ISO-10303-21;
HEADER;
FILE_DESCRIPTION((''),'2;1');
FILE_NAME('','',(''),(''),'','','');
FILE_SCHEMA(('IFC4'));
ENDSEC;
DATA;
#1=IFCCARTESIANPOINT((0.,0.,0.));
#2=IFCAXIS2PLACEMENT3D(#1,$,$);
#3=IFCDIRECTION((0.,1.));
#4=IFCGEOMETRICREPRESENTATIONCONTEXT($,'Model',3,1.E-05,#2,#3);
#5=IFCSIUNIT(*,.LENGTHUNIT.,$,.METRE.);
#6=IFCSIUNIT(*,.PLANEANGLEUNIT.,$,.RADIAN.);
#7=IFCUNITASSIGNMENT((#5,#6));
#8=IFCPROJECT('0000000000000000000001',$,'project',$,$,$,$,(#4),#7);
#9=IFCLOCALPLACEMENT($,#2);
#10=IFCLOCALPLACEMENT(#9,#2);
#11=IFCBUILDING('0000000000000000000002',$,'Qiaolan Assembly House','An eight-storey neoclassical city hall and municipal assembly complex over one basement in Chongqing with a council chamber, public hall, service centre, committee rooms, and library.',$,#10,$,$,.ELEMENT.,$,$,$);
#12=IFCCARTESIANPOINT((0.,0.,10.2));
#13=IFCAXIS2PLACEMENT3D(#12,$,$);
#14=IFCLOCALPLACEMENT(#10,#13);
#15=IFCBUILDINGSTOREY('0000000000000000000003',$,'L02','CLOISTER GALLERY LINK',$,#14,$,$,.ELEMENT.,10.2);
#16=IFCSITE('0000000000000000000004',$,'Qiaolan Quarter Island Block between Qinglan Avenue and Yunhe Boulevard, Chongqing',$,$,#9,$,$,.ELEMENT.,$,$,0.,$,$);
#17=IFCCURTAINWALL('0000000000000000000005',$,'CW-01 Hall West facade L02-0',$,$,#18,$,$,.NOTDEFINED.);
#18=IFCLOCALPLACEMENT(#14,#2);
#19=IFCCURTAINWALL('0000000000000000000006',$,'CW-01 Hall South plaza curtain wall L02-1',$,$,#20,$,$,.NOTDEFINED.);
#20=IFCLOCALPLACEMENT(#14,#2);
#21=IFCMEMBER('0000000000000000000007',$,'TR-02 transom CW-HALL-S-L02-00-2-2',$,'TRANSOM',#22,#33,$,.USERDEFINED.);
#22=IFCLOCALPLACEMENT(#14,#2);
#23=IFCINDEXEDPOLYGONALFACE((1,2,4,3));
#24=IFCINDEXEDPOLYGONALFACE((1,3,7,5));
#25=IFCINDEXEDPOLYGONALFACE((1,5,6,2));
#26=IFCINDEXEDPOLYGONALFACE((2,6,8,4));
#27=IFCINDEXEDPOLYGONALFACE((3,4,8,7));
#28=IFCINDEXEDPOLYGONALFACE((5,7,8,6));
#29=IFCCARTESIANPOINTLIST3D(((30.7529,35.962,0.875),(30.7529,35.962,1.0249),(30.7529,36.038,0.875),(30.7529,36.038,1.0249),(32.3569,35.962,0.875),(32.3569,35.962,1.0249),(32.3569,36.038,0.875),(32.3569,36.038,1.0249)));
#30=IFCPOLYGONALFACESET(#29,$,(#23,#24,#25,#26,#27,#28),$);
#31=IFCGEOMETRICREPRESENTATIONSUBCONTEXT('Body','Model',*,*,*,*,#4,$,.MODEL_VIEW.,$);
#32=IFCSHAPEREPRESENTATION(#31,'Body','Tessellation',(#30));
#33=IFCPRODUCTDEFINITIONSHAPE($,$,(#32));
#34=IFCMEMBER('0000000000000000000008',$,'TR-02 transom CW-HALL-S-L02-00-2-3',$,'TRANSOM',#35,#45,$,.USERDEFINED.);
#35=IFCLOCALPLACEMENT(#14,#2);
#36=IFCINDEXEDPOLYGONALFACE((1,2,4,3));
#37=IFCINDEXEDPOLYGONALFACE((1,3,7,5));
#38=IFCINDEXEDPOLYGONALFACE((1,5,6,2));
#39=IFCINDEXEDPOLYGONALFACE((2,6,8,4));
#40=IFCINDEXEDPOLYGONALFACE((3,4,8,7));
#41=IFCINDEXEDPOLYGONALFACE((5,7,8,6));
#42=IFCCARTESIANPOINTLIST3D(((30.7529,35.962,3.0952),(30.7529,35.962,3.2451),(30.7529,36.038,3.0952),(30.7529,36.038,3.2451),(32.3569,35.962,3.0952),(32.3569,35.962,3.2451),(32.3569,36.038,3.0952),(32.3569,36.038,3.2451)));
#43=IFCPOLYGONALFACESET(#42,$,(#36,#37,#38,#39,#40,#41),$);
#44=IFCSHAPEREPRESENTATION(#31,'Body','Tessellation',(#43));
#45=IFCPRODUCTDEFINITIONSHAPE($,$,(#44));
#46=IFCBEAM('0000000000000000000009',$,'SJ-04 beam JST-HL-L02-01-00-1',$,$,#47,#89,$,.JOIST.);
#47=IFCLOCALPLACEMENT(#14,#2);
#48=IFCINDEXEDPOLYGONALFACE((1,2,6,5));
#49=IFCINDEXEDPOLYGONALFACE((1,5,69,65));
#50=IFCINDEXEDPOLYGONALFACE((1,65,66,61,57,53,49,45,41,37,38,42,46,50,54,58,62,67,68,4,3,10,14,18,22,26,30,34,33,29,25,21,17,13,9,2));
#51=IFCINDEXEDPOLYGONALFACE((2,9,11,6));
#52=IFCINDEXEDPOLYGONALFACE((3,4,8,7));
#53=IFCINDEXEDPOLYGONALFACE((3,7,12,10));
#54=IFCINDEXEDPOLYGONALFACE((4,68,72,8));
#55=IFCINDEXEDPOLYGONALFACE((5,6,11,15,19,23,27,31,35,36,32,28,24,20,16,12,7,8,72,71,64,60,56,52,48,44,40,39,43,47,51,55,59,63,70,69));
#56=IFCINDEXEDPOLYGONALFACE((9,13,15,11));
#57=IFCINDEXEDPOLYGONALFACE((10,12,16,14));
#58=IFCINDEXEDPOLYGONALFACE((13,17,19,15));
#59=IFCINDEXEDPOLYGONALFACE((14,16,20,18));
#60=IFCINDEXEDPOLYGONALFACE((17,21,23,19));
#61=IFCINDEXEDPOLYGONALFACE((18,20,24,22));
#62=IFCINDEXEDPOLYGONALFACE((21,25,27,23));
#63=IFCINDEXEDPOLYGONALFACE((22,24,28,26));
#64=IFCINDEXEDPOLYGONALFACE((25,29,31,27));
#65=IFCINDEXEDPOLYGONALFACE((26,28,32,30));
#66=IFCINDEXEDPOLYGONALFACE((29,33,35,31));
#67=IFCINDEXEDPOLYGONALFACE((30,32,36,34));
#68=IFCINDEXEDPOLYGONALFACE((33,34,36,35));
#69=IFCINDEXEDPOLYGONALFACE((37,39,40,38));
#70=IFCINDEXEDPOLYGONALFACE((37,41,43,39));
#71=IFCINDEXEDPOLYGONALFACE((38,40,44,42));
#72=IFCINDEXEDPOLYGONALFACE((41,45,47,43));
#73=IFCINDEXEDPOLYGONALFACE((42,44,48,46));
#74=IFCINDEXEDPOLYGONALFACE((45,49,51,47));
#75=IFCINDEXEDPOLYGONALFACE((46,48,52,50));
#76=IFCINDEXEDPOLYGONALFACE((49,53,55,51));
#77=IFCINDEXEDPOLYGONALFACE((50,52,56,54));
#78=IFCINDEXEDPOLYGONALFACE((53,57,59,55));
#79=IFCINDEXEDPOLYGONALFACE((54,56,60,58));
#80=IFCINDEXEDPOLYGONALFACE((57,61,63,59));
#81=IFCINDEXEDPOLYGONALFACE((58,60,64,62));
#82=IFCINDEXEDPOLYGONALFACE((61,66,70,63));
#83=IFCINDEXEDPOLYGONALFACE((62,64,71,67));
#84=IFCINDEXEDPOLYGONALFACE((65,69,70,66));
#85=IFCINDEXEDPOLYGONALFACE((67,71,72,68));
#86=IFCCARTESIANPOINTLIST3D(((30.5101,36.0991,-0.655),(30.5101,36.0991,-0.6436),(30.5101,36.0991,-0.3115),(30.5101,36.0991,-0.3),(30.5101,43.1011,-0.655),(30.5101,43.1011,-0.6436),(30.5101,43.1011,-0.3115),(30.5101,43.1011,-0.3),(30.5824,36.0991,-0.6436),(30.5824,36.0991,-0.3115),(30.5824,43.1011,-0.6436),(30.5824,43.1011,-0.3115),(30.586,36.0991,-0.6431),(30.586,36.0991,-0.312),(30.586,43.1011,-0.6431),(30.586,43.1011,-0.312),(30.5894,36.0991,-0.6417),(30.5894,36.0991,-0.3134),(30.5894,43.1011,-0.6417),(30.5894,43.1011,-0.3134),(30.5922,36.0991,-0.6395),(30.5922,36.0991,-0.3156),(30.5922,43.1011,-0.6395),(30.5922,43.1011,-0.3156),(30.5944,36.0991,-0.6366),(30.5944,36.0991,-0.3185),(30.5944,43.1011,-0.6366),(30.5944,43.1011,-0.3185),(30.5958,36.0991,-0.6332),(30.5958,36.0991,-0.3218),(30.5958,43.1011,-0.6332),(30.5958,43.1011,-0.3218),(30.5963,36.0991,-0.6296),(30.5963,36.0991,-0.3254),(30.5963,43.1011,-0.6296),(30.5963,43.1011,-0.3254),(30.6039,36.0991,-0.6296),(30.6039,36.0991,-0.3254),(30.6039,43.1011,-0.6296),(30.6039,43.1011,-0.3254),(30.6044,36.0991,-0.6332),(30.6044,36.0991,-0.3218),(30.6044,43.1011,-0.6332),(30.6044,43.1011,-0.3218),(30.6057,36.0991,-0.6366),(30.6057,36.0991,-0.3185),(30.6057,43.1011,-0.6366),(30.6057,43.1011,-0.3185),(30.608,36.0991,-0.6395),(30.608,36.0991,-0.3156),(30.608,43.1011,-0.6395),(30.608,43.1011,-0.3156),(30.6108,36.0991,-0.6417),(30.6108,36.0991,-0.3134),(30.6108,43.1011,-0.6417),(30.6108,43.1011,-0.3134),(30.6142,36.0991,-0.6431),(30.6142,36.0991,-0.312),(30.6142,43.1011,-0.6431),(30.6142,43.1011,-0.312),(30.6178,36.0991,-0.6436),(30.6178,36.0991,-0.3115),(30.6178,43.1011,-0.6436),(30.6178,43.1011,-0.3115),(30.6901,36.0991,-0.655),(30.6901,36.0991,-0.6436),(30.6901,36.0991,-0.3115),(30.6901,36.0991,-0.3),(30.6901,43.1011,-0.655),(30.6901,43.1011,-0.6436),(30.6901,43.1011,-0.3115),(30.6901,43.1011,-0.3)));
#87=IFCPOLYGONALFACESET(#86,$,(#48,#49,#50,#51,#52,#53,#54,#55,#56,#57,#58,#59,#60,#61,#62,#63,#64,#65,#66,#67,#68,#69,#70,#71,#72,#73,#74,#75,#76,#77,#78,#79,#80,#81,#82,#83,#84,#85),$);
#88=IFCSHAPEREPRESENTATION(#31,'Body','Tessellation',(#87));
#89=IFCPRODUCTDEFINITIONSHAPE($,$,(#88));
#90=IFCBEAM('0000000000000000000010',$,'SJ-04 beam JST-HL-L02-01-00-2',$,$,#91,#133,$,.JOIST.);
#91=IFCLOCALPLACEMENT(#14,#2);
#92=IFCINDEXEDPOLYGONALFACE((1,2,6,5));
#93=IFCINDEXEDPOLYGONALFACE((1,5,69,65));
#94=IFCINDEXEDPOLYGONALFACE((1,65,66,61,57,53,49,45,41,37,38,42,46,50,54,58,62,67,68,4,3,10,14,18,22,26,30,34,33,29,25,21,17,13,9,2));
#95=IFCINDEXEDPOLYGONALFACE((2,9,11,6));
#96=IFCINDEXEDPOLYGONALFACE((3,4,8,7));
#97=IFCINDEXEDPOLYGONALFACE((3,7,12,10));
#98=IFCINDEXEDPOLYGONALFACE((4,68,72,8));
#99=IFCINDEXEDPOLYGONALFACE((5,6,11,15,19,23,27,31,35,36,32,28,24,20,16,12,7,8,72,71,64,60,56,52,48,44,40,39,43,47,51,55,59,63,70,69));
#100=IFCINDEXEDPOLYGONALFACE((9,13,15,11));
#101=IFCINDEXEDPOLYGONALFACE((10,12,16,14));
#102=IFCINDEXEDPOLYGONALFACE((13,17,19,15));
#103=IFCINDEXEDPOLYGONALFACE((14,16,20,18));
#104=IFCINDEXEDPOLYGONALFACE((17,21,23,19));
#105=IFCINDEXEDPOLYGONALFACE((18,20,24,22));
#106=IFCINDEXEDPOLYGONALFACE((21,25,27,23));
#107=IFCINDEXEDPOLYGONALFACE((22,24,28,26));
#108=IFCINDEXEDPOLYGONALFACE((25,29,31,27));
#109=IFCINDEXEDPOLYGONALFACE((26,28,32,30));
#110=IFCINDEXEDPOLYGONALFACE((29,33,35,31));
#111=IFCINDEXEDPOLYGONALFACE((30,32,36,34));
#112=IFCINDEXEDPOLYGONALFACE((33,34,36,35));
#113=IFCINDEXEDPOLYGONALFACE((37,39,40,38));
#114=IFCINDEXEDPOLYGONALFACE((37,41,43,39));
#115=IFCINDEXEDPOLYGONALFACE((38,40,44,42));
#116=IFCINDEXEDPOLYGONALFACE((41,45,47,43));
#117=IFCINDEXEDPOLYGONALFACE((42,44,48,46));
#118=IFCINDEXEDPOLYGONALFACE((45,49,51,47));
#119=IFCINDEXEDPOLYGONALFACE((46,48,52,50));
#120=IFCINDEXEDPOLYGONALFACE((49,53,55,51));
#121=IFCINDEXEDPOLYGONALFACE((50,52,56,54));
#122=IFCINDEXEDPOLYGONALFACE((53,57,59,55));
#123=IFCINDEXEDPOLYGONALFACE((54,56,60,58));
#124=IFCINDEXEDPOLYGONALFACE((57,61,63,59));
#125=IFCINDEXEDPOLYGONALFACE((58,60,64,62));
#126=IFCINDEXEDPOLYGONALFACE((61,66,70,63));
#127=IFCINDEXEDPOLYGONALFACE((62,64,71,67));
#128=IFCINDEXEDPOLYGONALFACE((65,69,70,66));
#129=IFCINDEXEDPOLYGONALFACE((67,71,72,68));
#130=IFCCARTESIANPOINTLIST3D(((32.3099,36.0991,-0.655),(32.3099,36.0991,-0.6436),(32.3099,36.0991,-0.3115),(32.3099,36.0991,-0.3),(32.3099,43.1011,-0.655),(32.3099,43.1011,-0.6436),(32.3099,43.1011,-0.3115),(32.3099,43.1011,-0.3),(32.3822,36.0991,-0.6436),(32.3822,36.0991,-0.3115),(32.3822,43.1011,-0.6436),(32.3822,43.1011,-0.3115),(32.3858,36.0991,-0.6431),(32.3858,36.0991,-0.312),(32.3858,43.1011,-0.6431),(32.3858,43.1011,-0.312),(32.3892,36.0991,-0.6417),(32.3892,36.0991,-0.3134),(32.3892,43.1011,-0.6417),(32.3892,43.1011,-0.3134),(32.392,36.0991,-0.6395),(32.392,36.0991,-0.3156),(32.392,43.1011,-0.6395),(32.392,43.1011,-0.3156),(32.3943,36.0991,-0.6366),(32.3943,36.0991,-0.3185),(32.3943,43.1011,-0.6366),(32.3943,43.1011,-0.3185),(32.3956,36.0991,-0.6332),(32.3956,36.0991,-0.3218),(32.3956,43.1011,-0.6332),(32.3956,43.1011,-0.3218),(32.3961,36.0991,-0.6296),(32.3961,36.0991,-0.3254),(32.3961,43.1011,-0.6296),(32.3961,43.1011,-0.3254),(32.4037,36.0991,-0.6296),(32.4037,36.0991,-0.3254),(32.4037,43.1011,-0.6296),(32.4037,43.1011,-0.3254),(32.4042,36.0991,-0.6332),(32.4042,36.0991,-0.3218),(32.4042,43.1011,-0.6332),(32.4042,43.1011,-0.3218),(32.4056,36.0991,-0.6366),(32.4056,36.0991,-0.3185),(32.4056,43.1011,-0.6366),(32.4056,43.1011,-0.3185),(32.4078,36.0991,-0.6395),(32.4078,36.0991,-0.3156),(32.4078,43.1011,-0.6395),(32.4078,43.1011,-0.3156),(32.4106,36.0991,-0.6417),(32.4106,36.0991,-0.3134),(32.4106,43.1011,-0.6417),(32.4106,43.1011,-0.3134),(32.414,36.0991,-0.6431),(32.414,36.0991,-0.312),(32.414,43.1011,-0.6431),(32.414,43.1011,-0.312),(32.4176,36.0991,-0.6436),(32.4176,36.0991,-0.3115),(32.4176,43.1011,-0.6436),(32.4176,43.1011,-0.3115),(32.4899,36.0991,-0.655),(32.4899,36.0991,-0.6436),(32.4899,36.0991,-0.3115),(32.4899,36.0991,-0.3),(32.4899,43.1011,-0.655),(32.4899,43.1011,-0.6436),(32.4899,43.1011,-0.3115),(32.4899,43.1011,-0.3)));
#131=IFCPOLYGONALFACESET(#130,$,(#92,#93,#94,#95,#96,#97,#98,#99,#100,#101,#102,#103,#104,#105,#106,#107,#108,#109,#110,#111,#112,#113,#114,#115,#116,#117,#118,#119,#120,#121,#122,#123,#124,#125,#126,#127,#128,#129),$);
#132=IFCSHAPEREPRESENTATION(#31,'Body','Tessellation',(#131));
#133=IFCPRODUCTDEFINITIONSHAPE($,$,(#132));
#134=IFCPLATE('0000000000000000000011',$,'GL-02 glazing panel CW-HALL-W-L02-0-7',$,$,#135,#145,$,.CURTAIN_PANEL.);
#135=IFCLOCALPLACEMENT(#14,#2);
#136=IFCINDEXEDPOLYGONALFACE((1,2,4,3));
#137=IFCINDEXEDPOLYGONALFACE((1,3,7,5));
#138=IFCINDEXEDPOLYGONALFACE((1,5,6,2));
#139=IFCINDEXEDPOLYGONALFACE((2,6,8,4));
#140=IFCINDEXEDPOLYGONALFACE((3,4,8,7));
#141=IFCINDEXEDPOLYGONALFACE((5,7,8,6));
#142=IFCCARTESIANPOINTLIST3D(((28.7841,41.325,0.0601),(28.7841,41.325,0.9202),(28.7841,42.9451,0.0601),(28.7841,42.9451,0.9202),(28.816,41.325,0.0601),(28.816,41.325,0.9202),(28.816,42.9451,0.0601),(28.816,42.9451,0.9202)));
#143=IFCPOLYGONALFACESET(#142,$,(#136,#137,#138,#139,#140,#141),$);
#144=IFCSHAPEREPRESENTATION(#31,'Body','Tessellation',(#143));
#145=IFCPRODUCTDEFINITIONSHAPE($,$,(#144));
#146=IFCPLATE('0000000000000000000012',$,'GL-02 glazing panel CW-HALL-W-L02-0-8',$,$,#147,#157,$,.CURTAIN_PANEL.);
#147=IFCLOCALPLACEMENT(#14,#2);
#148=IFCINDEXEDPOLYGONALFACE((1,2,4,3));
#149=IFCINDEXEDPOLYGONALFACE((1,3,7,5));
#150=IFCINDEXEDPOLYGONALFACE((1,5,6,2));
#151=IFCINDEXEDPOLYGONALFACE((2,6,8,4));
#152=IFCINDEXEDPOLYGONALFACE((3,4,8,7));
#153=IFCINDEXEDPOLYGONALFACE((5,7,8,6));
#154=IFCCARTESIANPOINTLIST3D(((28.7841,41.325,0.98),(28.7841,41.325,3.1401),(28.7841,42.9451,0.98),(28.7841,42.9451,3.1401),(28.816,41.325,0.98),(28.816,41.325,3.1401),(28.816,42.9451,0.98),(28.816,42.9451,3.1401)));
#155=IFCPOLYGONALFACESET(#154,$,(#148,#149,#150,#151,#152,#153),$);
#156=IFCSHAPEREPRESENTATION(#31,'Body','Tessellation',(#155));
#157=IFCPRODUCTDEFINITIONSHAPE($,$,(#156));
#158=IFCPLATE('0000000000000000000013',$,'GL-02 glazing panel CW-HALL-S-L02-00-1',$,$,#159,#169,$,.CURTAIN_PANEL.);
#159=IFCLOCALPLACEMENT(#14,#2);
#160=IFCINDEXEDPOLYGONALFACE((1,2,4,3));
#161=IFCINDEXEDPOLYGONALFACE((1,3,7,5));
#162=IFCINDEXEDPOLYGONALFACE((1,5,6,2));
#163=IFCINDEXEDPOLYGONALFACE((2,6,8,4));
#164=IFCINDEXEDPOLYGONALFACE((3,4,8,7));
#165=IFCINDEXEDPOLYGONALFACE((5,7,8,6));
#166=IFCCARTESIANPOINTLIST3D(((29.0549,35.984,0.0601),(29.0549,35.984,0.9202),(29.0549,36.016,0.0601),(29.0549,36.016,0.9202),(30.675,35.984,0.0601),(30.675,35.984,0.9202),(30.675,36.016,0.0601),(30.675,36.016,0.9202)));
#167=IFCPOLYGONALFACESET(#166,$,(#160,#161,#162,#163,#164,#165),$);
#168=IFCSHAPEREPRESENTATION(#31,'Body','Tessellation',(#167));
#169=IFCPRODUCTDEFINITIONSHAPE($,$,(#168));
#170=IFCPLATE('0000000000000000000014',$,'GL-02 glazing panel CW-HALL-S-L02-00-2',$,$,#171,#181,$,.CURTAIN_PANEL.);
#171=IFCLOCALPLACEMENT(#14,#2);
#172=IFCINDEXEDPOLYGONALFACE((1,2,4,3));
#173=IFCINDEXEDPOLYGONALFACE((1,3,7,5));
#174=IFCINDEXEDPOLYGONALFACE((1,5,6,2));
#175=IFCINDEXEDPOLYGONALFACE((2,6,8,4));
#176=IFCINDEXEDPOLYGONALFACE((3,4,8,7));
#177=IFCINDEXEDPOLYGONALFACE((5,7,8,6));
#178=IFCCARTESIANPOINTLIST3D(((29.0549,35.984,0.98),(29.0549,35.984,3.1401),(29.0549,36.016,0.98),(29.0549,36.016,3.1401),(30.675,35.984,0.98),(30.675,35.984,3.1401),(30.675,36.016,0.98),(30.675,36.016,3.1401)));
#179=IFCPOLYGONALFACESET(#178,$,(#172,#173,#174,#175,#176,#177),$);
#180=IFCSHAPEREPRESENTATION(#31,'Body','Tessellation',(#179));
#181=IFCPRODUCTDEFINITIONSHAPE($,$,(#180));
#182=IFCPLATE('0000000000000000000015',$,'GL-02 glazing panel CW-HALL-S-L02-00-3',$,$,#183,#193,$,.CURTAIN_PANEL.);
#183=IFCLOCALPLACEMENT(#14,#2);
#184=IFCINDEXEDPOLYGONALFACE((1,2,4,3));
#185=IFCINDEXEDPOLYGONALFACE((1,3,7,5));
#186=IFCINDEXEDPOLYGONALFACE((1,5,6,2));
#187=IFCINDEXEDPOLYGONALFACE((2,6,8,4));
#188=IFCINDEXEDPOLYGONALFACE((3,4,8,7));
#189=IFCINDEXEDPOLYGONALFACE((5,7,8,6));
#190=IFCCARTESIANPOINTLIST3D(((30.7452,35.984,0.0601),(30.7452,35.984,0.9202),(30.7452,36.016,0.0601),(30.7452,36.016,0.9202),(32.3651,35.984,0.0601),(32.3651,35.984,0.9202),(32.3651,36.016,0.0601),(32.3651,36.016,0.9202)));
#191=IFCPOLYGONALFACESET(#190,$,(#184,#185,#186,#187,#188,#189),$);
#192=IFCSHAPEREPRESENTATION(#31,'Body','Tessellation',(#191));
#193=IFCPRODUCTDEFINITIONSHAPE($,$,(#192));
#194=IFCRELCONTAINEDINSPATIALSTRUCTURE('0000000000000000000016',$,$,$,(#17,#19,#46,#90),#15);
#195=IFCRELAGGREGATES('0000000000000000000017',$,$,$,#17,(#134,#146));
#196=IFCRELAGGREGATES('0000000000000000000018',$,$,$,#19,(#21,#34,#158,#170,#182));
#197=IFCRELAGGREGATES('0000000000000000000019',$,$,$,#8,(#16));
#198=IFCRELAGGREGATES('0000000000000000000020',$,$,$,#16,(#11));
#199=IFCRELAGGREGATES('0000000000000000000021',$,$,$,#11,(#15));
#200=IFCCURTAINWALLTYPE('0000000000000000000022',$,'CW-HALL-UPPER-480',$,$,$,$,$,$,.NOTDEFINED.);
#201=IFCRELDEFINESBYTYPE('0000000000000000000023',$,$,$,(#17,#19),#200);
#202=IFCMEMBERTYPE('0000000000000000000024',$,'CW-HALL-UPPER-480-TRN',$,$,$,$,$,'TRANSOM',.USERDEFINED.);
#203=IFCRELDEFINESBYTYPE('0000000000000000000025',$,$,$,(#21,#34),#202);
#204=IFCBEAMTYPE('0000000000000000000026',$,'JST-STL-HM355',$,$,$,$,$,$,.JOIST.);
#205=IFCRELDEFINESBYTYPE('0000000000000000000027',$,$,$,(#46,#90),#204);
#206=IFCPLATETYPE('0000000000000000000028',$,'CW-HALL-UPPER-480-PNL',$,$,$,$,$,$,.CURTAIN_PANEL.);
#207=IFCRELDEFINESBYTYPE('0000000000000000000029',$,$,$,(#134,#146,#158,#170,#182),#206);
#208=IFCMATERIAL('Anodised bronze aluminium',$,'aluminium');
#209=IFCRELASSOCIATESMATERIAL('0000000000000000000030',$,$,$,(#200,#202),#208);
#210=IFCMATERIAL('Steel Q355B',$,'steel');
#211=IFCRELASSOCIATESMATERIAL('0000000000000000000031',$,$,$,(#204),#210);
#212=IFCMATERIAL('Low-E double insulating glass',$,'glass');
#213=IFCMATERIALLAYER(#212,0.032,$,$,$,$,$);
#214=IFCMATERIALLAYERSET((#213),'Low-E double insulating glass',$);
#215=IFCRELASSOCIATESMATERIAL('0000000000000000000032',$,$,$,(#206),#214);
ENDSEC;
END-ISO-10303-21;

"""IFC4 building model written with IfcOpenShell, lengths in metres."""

from ifc_helpers import new_model, si_unit, direction, frame, frame_2d, origin, origin_2d, place, context, subcontext, project, spatial, rectangle, i_section, extrude, material, layer, layer_set, material_profile, profile_set, type_object, element, aggregate, save


model = new_model("IFC4")

# Units and contexts
model_context = context("Model", 3, precision=1e-05, world=origin(), true_north=direction((0.0, 1.0)))
body_context = subcontext(model_context, "Body", "Model", "MODEL_VIEW")
ifc_project = project(units=[si_unit("LENGTHUNIT", "METRE"), si_unit("PLANEANGLEUNIT", "RADIAN")], contexts=[model_context])

# Site, building, storey
site_placement = place(None, origin())
site = spatial("IfcSite", under=ifc_project, at=site_placement, Name="Qiaolan Quarter Island Block between Qinglan Avenue and Yunhe Boulevard, Chongqing", CompositionType="ELEMENT", RefElevation=0.0)
building_placement = place(site_placement, origin())
building = spatial("IfcBuilding", under=site, at=building_placement, Name="Qiaolan Assembly House", Description="An eight-storey neoclassical city hall and municipal assembly complex over one basement in Chongqing with a council chamber, public hall, service centre, committee rooms, and library.", CompositionType="ELEMENT")
storey_placement = place(building_placement, frame((0.0, 0.0, 10.2)))
storey = spatial("IfcBuildingStorey", under=building, at=storey_placement, Name="L02", Description="CLOISTER GALLERY LINK", CompositionType="ELEMENT", Elevation=10.2)

# Shared definitions
ifc_material_1 = material(Name="Steel Q355B", Category="steel")

# Curtain wall
ifc_material_2 = material(Name="Anodised bronze aluminium", Category="aluminium")
curtain_wall_type = type_object("IfcCurtainWallType", Name="CW-HALL-UPPER-480", PredefinedType="NOTDEFINED", material=ifc_material_2)
curtain_wall_1_placement = place(storey_placement, origin())
curtain_wall_1 = element("IfcCurtainWall", 1, at=curtain_wall_1_placement, inside=storey, type_object=curtain_wall_type, Name="CW-01 Hall West facade L02-0", PredefinedType="NOTDEFINED")

# Curtain wall
curtain_wall_2_placement = place(storey_placement, origin())
curtain_wall_2 = element("IfcCurtainWall", 2, at=curtain_wall_2_placement, inside=storey, type_object=curtain_wall_type, Name="CW-01 Hall South plaza curtain wall L02-1", PredefinedType="NOTDEFINED")

# Members
ifc_material_profile_1 = material_profile(ifc_material_2, rectangle(XDim=0.0759, YDim=0.1499, at=origin_2d()), Name="TRN 76x150")
ifc_profile_set_1 = profile_set([ifc_material_profile_1], Name="Anodised bronze aluminium")
member_type_1 = type_object("IfcMemberType", Name="CW-HALL-UPPER-480-TRN", ElementType="TRANSOM", PredefinedType="USERDEFINED", material=ifc_profile_set_1)
member_1_placement = place(storey_placement, frame((30.7529, 36.0, 0.95), z_axis=(1.0, 0.0, 0.0), x_axis=(0.0, 1.0, 0.0)))
member_1 = element("IfcMember", 3, at=member_1_placement, type_object=member_type_1, Name="TR-02 transom CW-HALL-S-L02-00-2-2", ObjectType="TRANSOM", PredefinedType="USERDEFINED", context=body_context, shape_type="SweptSolid", body=[
    extrude(rectangle(XDim=0.0759, YDim=0.1499, at=origin_2d()), origin(), (0.0, 0.0, 1.0), 1.604),
])
member_2_placement = place(storey_placement, frame((30.7529, 36.0, 3.1702), z_axis=(1.0, 0.0, 0.0), x_axis=(0.0, 1.0, 0.0)))
member_2 = element("IfcMember", 4, at=member_2_placement, type_object=member_type_1, Name="TR-02 transom CW-HALL-S-L02-00-2-3", ObjectType="TRANSOM", PredefinedType="USERDEFINED", context=body_context, shape_type="SweptSolid", body=[
    extrude(rectangle(XDim=0.0759, YDim=0.1499, at=origin_2d()), origin(), (0.0, 0.0, 1.0), 1.604),
])

# Beams
ifc_material_profile_2 = material_profile(ifc_material_1, i_section(OverallWidth=0.1799, OverallDepth=0.355, WebThickness=0.0076, FlangeThickness=0.0115, FilletRadius=0.0139, at=origin_2d()), Name="HM 355x180x7.5x11.5")
ifc_profile_set_2 = profile_set([ifc_material_profile_2], Name="Steel Q355B")
beam_type_1 = type_object("IfcBeamType", Name="JST-STL-HM355", PredefinedType="JOIST", material=ifc_profile_set_2)
for number, where, z_axis, x_axis, name in (
    (5, (30.6001, 36.0991, -0.4775), (0.0, 1.0, 0.0), (-1.0, 0.0, 0.0), "SJ-04 beam JST-HL-L02-01-00-1"),
    (6, (32.3999, 36.0991, -0.4775), (0.0, 1.0, 0.0), (-1.0, 0.0, 0.0), "SJ-04 beam JST-HL-L02-01-00-2"),
):
    element("IfcBeam", number, at=place(storey_placement, frame(where, z_axis=z_axis, x_axis=x_axis)), inside=storey, type_object=beam_type_1, Name=name, PredefinedType="JOIST", context=body_context, shape_type="SweptSolid", body=[
        extrude(i_section(OverallWidth=0.1799, OverallDepth=0.355, WebThickness=0.0076, FlangeThickness=0.0115, FilletRadius=0.0139, at=origin_2d()), origin(), (0.0, 0.0, 1.0), 7.002),
    ])

# Plates
ifc_material_3 = material(Name="Low-E double insulating glass", Category="glass")
ifc_layer = layer(ifc_material_3, 0.032)
ifc_layer_set = layer_set([ifc_layer], Name="Low-E double insulating glass")
plate_type = type_object("IfcPlateType", Name="CW-HALL-UPPER-480-PNL", PredefinedType="CURTAIN_PANEL", material=ifc_layer_set)
plate_1_placement = place(storey_placement, frame((28.8, 41.325, 0.0601), z_axis=(0.0, 0.0, 1.0), x_axis=(0.0, 1.0, 0.0)))
plate_1 = element("IfcPlate", 7, at=plate_1_placement, type_object=plate_type, Name="GL-02 glazing panel CW-HALL-W-L02-0-7", PredefinedType="CURTAIN_PANEL", context=body_context, shape_type="SweptSolid", body=[
    extrude(rectangle(XDim=1.6201, YDim=0.032, at=frame_2d((0.8101, 0.0))), origin(), (0.0, 0.0, 1.0), 0.8601),
])
plate_2_placement = place(storey_placement, frame((28.8, 41.325, 0.98), z_axis=(0.0, 0.0, 1.0), x_axis=(0.0, 1.0, 0.0)))
plate_2 = element("IfcPlate", 8, at=plate_2_placement, type_object=plate_type, Name="GL-02 glazing panel CW-HALL-W-L02-0-8", PredefinedType="CURTAIN_PANEL", context=body_context, shape_type="SweptSolid", body=[
    extrude(rectangle(XDim=1.6201, YDim=0.032, at=frame_2d((0.8101, 0.0))), origin(), (0.0, 0.0, 1.0), 2.1602),
])
aggregate(curtain_wall_1, [plate_1, plate_2])
plate_3_placement = place(storey_placement, frame((29.0549, 36.0, 0.0601), z_axis=(0.0, 0.0, 1.0), x_axis=(1.0, 0.0, 0.0)))
plate_3 = element("IfcPlate", 9, at=plate_3_placement, type_object=plate_type, Name="GL-02 glazing panel CW-HALL-S-L02-00-1", PredefinedType="CURTAIN_PANEL", context=body_context, shape_type="SweptSolid", body=[
    extrude(rectangle(XDim=1.6201, YDim=0.032, at=frame_2d((0.8101, 0.0))), origin(), (0.0, 0.0, 1.0), 0.8601),
])
plate_4_placement = place(storey_placement, frame((29.0549, 36.0, 0.98), z_axis=(0.0, 0.0, 1.0), x_axis=(1.0, 0.0, 0.0)))
plate_4 = element("IfcPlate", 10, at=plate_4_placement, type_object=plate_type, Name="GL-02 glazing panel CW-HALL-S-L02-00-2", PredefinedType="CURTAIN_PANEL", context=body_context, shape_type="SweptSolid", body=[
    extrude(rectangle(XDim=1.6201, YDim=0.032, at=frame_2d((0.8101, 0.0))), origin(), (0.0, 0.0, 1.0), 2.1602),
])
plate_5_placement = place(storey_placement, frame((30.7451, 36.0, 0.0601), z_axis=(0.0, 0.0, 1.0), x_axis=(1.0, 0.0, 0.0)))
plate_5 = element("IfcPlate", 11, at=plate_5_placement, type_object=plate_type, Name="GL-02 glazing panel CW-HALL-S-L02-00-3", PredefinedType="CURTAIN_PANEL", context=body_context, shape_type="SweptSolid", body=[
    extrude(rectangle(XDim=1.6199, YDim=0.032, at=frame_2d((0.8101, 0.0))), origin(), (0.0, 0.0, 1.0), 0.8601),
])
aggregate(curtain_wall_2, [member_1, member_2, plate_3, plate_4, plate_5])

save(model, "model.ifc")
